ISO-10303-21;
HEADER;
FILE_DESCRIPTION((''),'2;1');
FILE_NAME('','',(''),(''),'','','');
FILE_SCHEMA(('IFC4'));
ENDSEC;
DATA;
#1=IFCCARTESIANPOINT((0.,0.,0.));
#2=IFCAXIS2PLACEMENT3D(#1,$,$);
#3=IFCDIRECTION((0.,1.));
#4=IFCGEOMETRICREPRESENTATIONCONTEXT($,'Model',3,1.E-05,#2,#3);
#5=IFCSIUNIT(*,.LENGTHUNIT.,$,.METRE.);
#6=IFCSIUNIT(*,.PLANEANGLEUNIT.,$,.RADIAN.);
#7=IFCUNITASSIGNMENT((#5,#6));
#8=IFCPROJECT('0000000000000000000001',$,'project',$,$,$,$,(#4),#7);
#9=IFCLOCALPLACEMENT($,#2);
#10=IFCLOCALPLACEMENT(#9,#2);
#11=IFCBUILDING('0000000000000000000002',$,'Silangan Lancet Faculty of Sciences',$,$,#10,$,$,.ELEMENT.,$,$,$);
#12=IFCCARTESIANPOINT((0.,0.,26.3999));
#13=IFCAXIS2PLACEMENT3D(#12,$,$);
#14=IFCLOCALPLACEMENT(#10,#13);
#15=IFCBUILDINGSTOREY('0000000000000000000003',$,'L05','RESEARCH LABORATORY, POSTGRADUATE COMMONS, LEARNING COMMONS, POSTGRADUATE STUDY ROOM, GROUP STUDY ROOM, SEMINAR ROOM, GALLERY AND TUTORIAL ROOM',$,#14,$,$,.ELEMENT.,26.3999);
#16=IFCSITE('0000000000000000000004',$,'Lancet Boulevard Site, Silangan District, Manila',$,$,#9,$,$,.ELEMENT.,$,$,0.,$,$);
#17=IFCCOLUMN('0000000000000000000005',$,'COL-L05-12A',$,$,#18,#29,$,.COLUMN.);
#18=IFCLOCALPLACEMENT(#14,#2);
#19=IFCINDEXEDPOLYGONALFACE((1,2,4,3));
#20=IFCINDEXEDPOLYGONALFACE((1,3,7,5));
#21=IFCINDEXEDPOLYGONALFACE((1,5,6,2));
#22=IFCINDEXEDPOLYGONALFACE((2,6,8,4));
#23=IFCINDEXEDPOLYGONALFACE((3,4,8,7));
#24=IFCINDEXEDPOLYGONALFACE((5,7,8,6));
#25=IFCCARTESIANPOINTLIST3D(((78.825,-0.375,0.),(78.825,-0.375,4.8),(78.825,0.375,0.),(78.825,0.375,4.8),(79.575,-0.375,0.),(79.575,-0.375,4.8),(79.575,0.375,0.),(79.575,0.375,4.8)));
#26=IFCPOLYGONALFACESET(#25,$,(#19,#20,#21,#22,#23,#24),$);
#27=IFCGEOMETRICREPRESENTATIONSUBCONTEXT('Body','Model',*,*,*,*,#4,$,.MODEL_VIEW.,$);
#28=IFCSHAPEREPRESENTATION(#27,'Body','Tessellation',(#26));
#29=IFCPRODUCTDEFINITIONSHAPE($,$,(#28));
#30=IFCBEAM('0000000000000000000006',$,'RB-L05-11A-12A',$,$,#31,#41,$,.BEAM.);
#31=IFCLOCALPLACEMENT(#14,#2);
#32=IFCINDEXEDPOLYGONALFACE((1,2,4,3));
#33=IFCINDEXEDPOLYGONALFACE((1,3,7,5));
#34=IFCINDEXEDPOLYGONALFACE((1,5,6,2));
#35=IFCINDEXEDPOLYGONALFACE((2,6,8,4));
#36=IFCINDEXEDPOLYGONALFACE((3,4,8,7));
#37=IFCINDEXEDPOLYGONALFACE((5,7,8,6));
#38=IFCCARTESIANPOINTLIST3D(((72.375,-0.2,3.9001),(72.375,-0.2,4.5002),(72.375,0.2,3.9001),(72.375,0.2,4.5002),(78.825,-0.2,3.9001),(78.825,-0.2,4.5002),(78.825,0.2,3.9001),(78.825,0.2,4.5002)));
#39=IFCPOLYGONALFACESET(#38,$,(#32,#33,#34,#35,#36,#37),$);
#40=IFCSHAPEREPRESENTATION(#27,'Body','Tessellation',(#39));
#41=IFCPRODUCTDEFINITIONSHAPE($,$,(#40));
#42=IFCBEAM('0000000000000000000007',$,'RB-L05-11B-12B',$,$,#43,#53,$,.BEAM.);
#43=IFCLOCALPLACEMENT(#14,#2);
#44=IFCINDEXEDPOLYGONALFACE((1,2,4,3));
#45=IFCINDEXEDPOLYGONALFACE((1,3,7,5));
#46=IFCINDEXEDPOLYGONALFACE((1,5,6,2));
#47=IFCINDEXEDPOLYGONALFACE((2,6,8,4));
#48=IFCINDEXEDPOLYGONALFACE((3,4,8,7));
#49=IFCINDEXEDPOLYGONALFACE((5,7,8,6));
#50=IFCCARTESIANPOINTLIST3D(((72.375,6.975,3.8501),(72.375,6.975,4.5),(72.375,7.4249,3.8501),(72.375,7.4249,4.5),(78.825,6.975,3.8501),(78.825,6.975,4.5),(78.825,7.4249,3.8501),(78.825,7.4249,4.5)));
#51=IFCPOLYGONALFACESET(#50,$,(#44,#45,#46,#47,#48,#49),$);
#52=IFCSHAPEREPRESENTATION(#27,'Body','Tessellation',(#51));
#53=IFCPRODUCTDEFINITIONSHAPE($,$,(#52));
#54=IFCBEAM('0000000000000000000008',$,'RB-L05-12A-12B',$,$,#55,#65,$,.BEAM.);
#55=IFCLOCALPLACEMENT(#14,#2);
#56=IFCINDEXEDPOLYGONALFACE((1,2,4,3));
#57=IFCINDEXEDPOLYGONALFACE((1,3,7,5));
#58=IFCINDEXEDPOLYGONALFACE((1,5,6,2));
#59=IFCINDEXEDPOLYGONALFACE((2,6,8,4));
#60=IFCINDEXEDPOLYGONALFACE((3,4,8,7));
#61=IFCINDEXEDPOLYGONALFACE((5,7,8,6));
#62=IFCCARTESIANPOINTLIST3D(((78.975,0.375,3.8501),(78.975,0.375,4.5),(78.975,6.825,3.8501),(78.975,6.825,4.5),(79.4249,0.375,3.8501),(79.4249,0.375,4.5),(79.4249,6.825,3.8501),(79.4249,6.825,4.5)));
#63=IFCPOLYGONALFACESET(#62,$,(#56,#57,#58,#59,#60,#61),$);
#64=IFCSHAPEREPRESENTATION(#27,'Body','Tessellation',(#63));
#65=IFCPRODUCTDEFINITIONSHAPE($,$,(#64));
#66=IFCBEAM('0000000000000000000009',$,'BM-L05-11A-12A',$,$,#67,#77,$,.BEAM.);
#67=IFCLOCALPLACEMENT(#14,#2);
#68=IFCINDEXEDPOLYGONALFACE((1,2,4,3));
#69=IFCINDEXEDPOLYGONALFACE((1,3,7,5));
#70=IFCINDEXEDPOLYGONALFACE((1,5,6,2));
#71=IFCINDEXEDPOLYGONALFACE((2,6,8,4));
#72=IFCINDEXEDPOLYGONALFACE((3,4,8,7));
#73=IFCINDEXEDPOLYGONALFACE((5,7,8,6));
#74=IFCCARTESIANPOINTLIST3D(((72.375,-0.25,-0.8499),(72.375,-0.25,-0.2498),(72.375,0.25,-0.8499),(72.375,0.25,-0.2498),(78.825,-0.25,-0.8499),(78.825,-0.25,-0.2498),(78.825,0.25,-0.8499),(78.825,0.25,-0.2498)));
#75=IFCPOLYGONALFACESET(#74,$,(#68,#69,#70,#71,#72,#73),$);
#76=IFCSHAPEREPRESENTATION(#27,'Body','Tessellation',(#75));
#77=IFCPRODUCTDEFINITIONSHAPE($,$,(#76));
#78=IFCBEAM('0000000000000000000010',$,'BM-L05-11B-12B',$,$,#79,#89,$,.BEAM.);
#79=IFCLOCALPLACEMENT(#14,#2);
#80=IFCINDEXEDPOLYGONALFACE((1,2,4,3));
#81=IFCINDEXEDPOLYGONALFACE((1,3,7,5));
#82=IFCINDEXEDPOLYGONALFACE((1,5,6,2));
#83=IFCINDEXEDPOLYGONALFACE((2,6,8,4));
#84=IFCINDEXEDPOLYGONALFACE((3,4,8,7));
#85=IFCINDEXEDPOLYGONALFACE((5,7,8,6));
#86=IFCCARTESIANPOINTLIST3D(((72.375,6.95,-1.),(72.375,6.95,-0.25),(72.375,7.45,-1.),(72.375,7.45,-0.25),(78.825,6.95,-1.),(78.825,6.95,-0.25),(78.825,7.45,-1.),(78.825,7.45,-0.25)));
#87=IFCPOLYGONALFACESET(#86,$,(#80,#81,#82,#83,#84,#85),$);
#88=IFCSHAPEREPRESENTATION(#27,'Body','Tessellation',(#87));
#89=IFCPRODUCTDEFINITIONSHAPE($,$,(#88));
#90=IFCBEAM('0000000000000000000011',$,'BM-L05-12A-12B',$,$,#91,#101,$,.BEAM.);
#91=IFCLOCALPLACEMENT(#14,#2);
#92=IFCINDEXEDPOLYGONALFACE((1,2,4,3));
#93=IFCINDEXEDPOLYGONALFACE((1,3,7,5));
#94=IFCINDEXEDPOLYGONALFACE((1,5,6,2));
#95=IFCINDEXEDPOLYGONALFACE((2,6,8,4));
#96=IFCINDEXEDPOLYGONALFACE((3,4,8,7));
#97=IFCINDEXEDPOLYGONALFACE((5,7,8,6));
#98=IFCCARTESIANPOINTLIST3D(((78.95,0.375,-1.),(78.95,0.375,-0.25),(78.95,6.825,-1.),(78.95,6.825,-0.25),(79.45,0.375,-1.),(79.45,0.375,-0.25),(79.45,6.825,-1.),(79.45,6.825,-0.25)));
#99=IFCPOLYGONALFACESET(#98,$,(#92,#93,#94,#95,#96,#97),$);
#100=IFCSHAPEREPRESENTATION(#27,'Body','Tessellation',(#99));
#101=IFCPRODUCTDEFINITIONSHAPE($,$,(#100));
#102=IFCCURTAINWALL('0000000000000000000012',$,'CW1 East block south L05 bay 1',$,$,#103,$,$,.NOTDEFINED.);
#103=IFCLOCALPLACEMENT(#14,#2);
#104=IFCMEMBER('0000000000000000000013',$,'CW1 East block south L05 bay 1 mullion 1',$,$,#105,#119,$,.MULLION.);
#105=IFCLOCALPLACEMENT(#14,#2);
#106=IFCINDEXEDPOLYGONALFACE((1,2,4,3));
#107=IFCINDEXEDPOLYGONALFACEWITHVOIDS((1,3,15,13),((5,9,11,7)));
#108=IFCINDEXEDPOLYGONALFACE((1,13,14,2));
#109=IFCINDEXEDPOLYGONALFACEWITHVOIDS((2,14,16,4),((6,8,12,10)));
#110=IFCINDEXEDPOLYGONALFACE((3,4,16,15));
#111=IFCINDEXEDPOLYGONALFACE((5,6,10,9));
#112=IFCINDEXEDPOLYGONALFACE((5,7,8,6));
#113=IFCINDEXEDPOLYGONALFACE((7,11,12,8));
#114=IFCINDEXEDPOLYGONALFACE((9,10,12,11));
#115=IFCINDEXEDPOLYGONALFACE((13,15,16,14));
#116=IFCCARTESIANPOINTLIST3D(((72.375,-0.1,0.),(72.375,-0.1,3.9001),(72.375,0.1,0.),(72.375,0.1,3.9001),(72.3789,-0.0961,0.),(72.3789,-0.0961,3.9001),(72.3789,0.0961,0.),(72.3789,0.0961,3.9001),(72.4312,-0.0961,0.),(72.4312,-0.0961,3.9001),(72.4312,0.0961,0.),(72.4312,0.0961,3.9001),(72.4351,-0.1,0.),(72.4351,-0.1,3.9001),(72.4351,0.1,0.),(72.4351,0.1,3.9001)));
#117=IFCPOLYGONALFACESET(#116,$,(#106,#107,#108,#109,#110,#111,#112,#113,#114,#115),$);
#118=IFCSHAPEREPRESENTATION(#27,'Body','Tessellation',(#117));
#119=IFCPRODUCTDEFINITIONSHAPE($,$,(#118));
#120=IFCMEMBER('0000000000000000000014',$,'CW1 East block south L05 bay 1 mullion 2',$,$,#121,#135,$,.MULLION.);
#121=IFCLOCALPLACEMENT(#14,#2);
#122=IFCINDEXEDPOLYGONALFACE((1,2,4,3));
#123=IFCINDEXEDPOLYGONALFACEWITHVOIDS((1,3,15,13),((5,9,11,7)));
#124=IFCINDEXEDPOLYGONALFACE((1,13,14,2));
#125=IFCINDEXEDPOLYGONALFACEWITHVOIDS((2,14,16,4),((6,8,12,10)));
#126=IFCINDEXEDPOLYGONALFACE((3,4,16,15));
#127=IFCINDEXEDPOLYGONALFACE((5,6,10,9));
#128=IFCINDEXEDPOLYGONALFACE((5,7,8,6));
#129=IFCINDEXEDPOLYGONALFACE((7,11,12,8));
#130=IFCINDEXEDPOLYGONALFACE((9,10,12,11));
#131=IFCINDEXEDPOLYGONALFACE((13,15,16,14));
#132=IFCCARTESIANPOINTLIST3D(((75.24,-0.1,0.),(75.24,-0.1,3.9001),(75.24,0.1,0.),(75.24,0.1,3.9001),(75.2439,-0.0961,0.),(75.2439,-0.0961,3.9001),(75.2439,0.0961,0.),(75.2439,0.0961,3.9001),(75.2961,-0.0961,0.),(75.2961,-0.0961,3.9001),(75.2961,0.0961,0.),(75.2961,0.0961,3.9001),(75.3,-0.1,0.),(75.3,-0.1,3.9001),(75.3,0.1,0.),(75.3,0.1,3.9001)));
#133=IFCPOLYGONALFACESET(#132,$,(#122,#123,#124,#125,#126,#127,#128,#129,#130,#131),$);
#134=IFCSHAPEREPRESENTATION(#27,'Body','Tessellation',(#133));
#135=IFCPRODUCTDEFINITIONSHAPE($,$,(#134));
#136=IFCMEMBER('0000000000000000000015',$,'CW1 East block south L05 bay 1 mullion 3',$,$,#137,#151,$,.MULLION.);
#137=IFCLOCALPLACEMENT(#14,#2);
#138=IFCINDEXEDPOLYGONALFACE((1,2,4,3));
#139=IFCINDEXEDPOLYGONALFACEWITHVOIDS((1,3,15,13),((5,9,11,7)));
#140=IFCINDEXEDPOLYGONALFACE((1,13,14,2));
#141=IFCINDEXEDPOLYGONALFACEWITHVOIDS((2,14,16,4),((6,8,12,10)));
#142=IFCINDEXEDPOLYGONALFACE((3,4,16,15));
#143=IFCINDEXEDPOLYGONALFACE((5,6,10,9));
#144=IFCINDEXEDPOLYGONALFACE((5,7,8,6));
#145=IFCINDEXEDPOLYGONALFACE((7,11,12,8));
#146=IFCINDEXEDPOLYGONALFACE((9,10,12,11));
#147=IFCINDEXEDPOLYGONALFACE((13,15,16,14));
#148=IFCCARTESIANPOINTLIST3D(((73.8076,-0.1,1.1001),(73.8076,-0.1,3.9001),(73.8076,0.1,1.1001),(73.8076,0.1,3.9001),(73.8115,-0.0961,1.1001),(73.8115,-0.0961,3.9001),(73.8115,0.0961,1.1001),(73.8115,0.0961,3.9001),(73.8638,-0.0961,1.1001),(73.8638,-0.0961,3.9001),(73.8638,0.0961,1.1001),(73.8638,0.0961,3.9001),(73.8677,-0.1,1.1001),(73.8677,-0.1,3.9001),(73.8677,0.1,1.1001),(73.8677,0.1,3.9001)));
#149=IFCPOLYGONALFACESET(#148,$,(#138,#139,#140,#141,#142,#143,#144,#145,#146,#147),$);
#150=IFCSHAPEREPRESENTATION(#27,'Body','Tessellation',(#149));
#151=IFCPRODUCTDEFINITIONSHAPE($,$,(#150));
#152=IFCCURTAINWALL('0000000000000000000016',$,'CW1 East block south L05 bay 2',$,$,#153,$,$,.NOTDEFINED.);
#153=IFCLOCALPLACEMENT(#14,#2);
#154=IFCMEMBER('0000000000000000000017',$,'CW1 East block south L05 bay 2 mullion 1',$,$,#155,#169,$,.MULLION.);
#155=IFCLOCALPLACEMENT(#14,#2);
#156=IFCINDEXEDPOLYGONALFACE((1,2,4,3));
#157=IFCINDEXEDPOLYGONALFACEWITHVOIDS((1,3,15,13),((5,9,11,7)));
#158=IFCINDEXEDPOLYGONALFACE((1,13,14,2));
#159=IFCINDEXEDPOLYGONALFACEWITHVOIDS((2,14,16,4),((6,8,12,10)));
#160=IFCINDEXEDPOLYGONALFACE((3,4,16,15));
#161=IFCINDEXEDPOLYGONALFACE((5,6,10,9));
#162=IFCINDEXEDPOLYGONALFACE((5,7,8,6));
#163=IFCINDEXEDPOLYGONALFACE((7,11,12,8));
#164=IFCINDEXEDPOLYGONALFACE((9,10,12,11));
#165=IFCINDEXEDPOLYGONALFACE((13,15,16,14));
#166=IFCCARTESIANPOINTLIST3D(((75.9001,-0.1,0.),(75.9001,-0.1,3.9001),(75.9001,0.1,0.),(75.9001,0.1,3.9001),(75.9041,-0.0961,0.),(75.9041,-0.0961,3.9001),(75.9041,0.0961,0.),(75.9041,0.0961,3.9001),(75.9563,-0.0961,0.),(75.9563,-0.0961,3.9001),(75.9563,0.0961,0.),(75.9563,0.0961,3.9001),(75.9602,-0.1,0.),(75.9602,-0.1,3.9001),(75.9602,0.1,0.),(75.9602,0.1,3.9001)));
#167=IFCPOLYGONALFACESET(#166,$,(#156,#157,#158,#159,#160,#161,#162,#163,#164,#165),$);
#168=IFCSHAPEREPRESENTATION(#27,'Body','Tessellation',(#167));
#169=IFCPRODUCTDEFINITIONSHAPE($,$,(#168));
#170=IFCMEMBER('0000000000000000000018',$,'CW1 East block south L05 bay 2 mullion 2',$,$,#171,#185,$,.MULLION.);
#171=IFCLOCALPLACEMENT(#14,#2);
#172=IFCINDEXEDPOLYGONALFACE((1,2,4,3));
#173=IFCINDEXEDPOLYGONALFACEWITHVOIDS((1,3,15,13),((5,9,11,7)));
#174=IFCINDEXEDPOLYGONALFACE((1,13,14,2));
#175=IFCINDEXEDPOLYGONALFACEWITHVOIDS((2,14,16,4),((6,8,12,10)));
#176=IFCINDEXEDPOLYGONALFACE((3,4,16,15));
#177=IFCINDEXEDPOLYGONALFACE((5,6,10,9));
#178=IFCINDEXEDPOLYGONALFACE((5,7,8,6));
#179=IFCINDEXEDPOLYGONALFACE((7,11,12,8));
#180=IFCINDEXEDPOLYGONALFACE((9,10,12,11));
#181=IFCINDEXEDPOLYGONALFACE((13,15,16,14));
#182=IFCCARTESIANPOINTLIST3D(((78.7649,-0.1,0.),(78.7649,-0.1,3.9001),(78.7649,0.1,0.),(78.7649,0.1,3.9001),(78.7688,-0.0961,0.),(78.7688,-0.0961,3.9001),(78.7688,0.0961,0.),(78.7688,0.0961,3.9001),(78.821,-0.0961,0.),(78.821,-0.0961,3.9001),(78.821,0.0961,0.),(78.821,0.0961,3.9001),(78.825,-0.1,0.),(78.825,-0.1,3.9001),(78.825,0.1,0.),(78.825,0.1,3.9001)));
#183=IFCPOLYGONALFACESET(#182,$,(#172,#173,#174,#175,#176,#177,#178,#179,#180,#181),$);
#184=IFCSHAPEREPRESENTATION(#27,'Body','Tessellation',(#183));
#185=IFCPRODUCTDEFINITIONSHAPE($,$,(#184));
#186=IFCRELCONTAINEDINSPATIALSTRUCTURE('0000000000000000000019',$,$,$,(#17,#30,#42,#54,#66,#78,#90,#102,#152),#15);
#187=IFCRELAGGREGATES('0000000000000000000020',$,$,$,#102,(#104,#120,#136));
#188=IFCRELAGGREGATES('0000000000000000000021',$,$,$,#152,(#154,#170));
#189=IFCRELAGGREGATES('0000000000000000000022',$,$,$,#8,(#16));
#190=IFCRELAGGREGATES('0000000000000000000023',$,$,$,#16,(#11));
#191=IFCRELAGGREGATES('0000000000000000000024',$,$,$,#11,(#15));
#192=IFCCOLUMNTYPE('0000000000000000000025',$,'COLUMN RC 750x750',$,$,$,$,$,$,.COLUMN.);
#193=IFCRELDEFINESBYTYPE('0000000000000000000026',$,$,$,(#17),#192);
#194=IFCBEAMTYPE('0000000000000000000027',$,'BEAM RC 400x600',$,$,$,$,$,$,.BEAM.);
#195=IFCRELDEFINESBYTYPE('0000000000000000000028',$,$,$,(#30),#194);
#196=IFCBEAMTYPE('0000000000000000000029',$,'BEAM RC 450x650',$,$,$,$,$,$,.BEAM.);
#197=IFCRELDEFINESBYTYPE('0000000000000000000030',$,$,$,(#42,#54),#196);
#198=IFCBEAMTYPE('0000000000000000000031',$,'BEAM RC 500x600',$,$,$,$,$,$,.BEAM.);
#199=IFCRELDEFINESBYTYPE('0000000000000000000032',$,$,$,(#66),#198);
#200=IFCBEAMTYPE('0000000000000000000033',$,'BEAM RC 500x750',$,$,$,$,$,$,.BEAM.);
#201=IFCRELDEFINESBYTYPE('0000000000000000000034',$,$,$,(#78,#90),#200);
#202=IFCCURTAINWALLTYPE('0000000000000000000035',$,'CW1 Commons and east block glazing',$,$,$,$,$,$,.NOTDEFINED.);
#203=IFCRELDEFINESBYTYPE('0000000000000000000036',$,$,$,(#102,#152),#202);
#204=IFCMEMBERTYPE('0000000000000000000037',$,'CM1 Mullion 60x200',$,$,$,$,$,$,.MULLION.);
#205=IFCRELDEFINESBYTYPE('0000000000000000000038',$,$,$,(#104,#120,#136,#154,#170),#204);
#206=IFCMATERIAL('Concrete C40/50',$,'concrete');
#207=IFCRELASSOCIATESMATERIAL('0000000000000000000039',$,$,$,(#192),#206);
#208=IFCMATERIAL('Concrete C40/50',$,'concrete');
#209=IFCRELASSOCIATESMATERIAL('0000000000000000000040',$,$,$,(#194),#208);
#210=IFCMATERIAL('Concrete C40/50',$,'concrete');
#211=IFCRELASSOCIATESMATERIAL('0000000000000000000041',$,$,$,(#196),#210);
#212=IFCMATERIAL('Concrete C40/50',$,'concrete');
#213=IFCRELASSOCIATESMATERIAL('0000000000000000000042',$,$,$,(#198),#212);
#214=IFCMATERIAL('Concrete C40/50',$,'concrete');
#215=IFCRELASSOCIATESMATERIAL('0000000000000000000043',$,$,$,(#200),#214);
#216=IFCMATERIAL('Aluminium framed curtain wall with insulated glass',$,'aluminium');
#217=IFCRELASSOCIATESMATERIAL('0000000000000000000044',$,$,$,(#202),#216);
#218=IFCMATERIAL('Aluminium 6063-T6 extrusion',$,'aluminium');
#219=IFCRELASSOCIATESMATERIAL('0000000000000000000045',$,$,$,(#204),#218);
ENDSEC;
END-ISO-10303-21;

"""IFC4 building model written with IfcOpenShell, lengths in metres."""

from ifc_helpers import new_model, si_unit, direction, frame, origin, origin_2d, place, context, subcontext, project, spatial, rectangle, hollow_rectangle, extrude, material, material_profile, profile_set, type_object, element, aggregate, save


model = new_model("IFC4")

# Units and contexts
model_context = context("Model", 3, precision=1e-05, world=origin(), true_north=direction((0.0, 1.0)))
body_context = subcontext(model_context, "Body", "Model", "MODEL_VIEW")
ifc_project = project(units=[si_unit("LENGTHUNIT", "METRE"), si_unit("PLANEANGLEUNIT", "RADIAN")], contexts=[model_context])

# Site, building, storey
site_placement = place(None, origin())
site = spatial("IfcSite", under=ifc_project, at=site_placement, Name="Lancet Boulevard Site, Silangan District, Manila", CompositionType="ELEMENT", RefElevation=0.0)
building_placement = place(site_placement, origin())
building = spatial("IfcBuilding", under=site, at=building_placement, Name="Silangan Lancet Faculty of Sciences", CompositionType="ELEMENT")
storey_placement = place(building_placement, frame((0.0, 0.0, 26.3999)))
storey = spatial("IfcBuildingStorey", under=building, at=storey_placement, Name="L05", Description="RESEARCH LABORATORY, POSTGRADUATE COMMONS, LEARNING COMMONS, POSTGRADUATE STUDY ROOM, GROUP STUDY ROOM, SEMINAR ROOM, GALLERY AND TUTORIAL ROOM", CompositionType="ELEMENT", Elevation=26.3999)

# Column
ifc_material_1 = material(Name="Concrete C40/50", Category="concrete")
ifc_material_profile_1 = material_profile(ifc_material_1, rectangle(XDim=0.75, YDim=0.75, at=origin_2d()), Name="RC 750x750")
ifc_profile_set_1 = profile_set([ifc_material_profile_1], Name="Concrete C40/50")
column_type = type_object("IfcColumnType", Name="COLUMN RC 750x750", PredefinedType="COLUMN", material=ifc_profile_set_1)
column_placement = place(storey_placement, frame((79.2, 0.0, 0.0), z_axis=(0.0, 0.0, 1.0), x_axis=(1.0, 0.0, 0.0)))
element("IfcColumn", 1, at=column_placement, inside=storey, type_object=column_type, Name="COL-L05-12A", PredefinedType="COLUMN", context=body_context, shape_type="SweptSolid", body=[
    extrude(rectangle(XDim=0.75, YDim=0.75, at=origin_2d()), origin(), (0.0, 0.0, 1.0), 4.8),
])

# Beams
ifc_material_2 = material(Name="Concrete C40/50", Category="concrete")
ifc_material_profile_2 = material_profile(ifc_material_2, rectangle(XDim=0.3999, YDim=0.6001, at=origin_2d()), Name="RC 400x600")
ifc_profile_set_2 = profile_set([ifc_material_profile_2], Name="Concrete C40/50")
beam_type_1 = type_object("IfcBeamType", Name="BEAM RC 400x600", PredefinedType="BEAM", material=ifc_profile_set_2)
beam_1_placement = place(storey_placement, frame((72.375, 0.0, 4.2002), z_axis=(1.0, 0.0, 0.0), x_axis=(0.0, 1.0, 0.0)))
element("IfcBeam", 2, at=beam_1_placement, inside=storey, type_object=beam_type_1, Name="RB-L05-11A-12A", PredefinedType="BEAM", context=body_context, shape_type="SweptSolid", body=[
    extrude(rectangle(XDim=0.3999, YDim=0.6001, at=origin_2d()), origin(), (0.0, 0.0, 1.0), 6.45),
])
ifc_material_3 = material(Name="Concrete C40/50", Category="concrete")
ifc_material_profile_3 = material_profile(ifc_material_3, rectangle(XDim=0.45, YDim=0.6499, at=origin_2d()), Name="RC 450x650")
ifc_profile_set_3 = profile_set([ifc_material_profile_3], Name="Concrete C40/50")
beam_type_2 = type_object("IfcBeamType", Name="BEAM RC 450x650", PredefinedType="BEAM", material=ifc_profile_set_3)
for number, where, z_axis, x_axis, name in (
    (3, (72.375, 7.2, 4.175), (1.0, 0.0, 0.0), (0.0, 1.0, 0.0), "RB-L05-11B-12B"),
    (4, (79.2, 0.375, 4.175), (0.0, 1.0, 0.0), (-1.0, 0.0, 0.0), "RB-L05-12A-12B"),
):
    element("IfcBeam", number, at=place(storey_placement, frame(where, z_axis=z_axis, x_axis=x_axis)), inside=storey, type_object=beam_type_2, Name=name, PredefinedType="BEAM", context=body_context, shape_type="SweptSolid", body=[
        extrude(rectangle(XDim=0.45, YDim=0.6499, at=origin_2d()), origin(), (0.0, 0.0, 1.0), 6.45),
    ])
ifc_material_4 = material(Name="Concrete C40/50", Category="concrete")
ifc_material_profile_4 = material_profile(ifc_material_4, rectangle(XDim=0.5, YDim=0.6001, at=origin_2d()), Name="RC 500x600")
ifc_profile_set_4 = profile_set([ifc_material_profile_4], Name="Concrete C40/50")
beam_type_3 = type_object("IfcBeamType", Name="BEAM RC 500x600", PredefinedType="BEAM", material=ifc_profile_set_4)
beam_2_placement = place(storey_placement, frame((72.375, 0.0, -0.5498), z_axis=(1.0, 0.0, 0.0), x_axis=(0.0, 1.0, 0.0)))
element("IfcBeam", 5, at=beam_2_placement, inside=storey, type_object=beam_type_3, Name="BM-L05-11A-12A", PredefinedType="BEAM", context=body_context, shape_type="SweptSolid", body=[
    extrude(rectangle(XDim=0.5, YDim=0.6001, at=origin_2d()), origin(), (0.0, 0.0, 1.0), 6.45),
])
ifc_material_5 = material(Name="Concrete C40/50", Category="concrete")
ifc_material_profile_5 = material_profile(ifc_material_5, rectangle(XDim=0.5, YDim=0.75, at=origin_2d()), Name="RC 500x750")
ifc_profile_set_5 = profile_set([ifc_material_profile_5], Name="Concrete C40/50")
beam_type_4 = type_object("IfcBeamType", Name="BEAM RC 500x750", PredefinedType="BEAM", material=ifc_profile_set_5)
for number, where, z_axis, x_axis, name in (
    (6, (72.375, 7.2, -0.625), (1.0, 0.0, 0.0), (0.0, 1.0, 0.0), "BM-L05-11B-12B"),
    (7, (79.2, 0.375, -0.625), (0.0, 1.0, 0.0), (-1.0, 0.0, 0.0), "BM-L05-12A-12B"),
):
    element("IfcBeam", number, at=place(storey_placement, frame(where, z_axis=z_axis, x_axis=x_axis)), inside=storey, type_object=beam_type_4, Name=name, PredefinedType="BEAM", context=body_context, shape_type="SweptSolid", body=[
        extrude(rectangle(XDim=0.5, YDim=0.75, at=origin_2d()), origin(), (0.0, 0.0, 1.0), 6.45),
    ])

# Curtain walls, members
ifc_material_6 = material(Name="Aluminium framed curtain wall with insulated glass", Category="aluminium")
curtain_wall_type = type_object("IfcCurtainWallType", Name="CW1 Commons and east block glazing", PredefinedType="NOTDEFINED", material=ifc_material_6)
curtain_wall_1_placement = place(storey_placement, origin())
curtain_wall_1 = element("IfcCurtainWall", 8, at=curtain_wall_1_placement, inside=storey, type_object=curtain_wall_type, Name="CW1 East block south L05 bay 1", PredefinedType="NOTDEFINED")
ifc_material_7 = material(Name="Aluminium 6063-T6 extrusion", Category="aluminium")
ifc_material_profile_6 = material_profile(ifc_material_7, hollow_rectangle(XDim=0.0601, YDim=0.2, WallThickness=0.0039, at=origin_2d()), Name="AL BOX 60x200x4")
ifc_profile_set_6 = profile_set([ifc_material_profile_6], Name="Aluminium 6063-T6 extrusion")
member_type_1 = type_object("IfcMemberType", Name="CM1 Mullion 60x200", PredefinedType="MULLION", material=ifc_profile_set_6)
member_1_placement = place(storey_placement, frame((72.405, 0.0, 0.0), z_axis=(0.0, 0.0, 1.0), x_axis=(1.0, 0.0, 0.0)))
member_1 = element("IfcMember", 9, at=member_1_placement, type_object=member_type_1, Name="CW1 East block south L05 bay 1 mullion 1", PredefinedType="MULLION", context=body_context, shape_type="SweptSolid", body=[
    extrude(hollow_rectangle(XDim=0.0601, YDim=0.2, WallThickness=0.0039, at=origin_2d()), origin(), (0.0, 0.0, 1.0), 3.9001),
])
member_2_placement = place(storey_placement, frame((75.27, 0.0, 0.0), z_axis=(0.0, 0.0, 1.0), x_axis=(1.0, 0.0, 0.0)))
member_2 = element("IfcMember", 10, at=member_2_placement, type_object=member_type_1, Name="CW1 East block south L05 bay 1 mullion 2", PredefinedType="MULLION", context=body_context, shape_type="SweptSolid", body=[
    extrude(hollow_rectangle(XDim=0.0601, YDim=0.2, WallThickness=0.0039, at=origin_2d()), origin(), (0.0, 0.0, 1.0), 3.9001),
])
member_3_placement = place(storey_placement, frame((73.8376, 0.0, 1.1001), z_axis=(0.0, 0.0, 1.0), x_axis=(1.0, 0.0, 0.0)))
member_3 = element("IfcMember", 11, at=member_3_placement, type_object=member_type_1, Name="CW1 East block south L05 bay 1 mullion 3", PredefinedType="MULLION", context=body_context, shape_type="SweptSolid", body=[
    extrude(hollow_rectangle(XDim=0.0601, YDim=0.2, WallThickness=0.0039, at=origin_2d()), origin(), (0.0, 0.0, 1.0), 2.8),
])
curtain_wall_2_placement = place(storey_placement, origin())
curtain_wall_2 = element("IfcCurtainWall", 12, at=curtain_wall_2_placement, inside=storey, type_object=curtain_wall_type, Name="CW1 East block south L05 bay 2", PredefinedType="NOTDEFINED")
member_4_placement = place(storey_placement, frame((75.9302, 0.0, 0.0), z_axis=(0.0, 0.0, 1.0), x_axis=(1.0, 0.0, 0.0)))
member_4 = element("IfcMember", 13, at=member_4_placement, type_object=member_type_1, Name="CW1 East block south L05 bay 2 mullion 1", PredefinedType="MULLION", context=body_context, shape_type="SweptSolid", body=[
    extrude(hollow_rectangle(XDim=0.0601, YDim=0.2, WallThickness=0.0039, at=origin_2d()), origin(), (0.0, 0.0, 1.0), 3.9001),
])
member_5_placement = place(storey_placement, frame((78.7949, 0.0, 0.0), z_axis=(0.0, 0.0, 1.0), x_axis=(1.0, 0.0, 0.0)))
member_5 = element("IfcMember", 14, at=member_5_placement, type_object=member_type_1, Name="CW1 East block south L05 bay 2 mullion 2", PredefinedType="MULLION", context=body_context, shape_type="SweptSolid", body=[
    extrude(hollow_rectangle(XDim=0.0601, YDim=0.2, WallThickness=0.0039, at=origin_2d()), origin(), (0.0, 0.0, 1.0), 3.9001),
])

aggregate(curtain_wall_1, [member_1, member_2, member_3])
aggregate(curtain_wall_2, [member_4, member_5])

save(model, "model.ifc")
